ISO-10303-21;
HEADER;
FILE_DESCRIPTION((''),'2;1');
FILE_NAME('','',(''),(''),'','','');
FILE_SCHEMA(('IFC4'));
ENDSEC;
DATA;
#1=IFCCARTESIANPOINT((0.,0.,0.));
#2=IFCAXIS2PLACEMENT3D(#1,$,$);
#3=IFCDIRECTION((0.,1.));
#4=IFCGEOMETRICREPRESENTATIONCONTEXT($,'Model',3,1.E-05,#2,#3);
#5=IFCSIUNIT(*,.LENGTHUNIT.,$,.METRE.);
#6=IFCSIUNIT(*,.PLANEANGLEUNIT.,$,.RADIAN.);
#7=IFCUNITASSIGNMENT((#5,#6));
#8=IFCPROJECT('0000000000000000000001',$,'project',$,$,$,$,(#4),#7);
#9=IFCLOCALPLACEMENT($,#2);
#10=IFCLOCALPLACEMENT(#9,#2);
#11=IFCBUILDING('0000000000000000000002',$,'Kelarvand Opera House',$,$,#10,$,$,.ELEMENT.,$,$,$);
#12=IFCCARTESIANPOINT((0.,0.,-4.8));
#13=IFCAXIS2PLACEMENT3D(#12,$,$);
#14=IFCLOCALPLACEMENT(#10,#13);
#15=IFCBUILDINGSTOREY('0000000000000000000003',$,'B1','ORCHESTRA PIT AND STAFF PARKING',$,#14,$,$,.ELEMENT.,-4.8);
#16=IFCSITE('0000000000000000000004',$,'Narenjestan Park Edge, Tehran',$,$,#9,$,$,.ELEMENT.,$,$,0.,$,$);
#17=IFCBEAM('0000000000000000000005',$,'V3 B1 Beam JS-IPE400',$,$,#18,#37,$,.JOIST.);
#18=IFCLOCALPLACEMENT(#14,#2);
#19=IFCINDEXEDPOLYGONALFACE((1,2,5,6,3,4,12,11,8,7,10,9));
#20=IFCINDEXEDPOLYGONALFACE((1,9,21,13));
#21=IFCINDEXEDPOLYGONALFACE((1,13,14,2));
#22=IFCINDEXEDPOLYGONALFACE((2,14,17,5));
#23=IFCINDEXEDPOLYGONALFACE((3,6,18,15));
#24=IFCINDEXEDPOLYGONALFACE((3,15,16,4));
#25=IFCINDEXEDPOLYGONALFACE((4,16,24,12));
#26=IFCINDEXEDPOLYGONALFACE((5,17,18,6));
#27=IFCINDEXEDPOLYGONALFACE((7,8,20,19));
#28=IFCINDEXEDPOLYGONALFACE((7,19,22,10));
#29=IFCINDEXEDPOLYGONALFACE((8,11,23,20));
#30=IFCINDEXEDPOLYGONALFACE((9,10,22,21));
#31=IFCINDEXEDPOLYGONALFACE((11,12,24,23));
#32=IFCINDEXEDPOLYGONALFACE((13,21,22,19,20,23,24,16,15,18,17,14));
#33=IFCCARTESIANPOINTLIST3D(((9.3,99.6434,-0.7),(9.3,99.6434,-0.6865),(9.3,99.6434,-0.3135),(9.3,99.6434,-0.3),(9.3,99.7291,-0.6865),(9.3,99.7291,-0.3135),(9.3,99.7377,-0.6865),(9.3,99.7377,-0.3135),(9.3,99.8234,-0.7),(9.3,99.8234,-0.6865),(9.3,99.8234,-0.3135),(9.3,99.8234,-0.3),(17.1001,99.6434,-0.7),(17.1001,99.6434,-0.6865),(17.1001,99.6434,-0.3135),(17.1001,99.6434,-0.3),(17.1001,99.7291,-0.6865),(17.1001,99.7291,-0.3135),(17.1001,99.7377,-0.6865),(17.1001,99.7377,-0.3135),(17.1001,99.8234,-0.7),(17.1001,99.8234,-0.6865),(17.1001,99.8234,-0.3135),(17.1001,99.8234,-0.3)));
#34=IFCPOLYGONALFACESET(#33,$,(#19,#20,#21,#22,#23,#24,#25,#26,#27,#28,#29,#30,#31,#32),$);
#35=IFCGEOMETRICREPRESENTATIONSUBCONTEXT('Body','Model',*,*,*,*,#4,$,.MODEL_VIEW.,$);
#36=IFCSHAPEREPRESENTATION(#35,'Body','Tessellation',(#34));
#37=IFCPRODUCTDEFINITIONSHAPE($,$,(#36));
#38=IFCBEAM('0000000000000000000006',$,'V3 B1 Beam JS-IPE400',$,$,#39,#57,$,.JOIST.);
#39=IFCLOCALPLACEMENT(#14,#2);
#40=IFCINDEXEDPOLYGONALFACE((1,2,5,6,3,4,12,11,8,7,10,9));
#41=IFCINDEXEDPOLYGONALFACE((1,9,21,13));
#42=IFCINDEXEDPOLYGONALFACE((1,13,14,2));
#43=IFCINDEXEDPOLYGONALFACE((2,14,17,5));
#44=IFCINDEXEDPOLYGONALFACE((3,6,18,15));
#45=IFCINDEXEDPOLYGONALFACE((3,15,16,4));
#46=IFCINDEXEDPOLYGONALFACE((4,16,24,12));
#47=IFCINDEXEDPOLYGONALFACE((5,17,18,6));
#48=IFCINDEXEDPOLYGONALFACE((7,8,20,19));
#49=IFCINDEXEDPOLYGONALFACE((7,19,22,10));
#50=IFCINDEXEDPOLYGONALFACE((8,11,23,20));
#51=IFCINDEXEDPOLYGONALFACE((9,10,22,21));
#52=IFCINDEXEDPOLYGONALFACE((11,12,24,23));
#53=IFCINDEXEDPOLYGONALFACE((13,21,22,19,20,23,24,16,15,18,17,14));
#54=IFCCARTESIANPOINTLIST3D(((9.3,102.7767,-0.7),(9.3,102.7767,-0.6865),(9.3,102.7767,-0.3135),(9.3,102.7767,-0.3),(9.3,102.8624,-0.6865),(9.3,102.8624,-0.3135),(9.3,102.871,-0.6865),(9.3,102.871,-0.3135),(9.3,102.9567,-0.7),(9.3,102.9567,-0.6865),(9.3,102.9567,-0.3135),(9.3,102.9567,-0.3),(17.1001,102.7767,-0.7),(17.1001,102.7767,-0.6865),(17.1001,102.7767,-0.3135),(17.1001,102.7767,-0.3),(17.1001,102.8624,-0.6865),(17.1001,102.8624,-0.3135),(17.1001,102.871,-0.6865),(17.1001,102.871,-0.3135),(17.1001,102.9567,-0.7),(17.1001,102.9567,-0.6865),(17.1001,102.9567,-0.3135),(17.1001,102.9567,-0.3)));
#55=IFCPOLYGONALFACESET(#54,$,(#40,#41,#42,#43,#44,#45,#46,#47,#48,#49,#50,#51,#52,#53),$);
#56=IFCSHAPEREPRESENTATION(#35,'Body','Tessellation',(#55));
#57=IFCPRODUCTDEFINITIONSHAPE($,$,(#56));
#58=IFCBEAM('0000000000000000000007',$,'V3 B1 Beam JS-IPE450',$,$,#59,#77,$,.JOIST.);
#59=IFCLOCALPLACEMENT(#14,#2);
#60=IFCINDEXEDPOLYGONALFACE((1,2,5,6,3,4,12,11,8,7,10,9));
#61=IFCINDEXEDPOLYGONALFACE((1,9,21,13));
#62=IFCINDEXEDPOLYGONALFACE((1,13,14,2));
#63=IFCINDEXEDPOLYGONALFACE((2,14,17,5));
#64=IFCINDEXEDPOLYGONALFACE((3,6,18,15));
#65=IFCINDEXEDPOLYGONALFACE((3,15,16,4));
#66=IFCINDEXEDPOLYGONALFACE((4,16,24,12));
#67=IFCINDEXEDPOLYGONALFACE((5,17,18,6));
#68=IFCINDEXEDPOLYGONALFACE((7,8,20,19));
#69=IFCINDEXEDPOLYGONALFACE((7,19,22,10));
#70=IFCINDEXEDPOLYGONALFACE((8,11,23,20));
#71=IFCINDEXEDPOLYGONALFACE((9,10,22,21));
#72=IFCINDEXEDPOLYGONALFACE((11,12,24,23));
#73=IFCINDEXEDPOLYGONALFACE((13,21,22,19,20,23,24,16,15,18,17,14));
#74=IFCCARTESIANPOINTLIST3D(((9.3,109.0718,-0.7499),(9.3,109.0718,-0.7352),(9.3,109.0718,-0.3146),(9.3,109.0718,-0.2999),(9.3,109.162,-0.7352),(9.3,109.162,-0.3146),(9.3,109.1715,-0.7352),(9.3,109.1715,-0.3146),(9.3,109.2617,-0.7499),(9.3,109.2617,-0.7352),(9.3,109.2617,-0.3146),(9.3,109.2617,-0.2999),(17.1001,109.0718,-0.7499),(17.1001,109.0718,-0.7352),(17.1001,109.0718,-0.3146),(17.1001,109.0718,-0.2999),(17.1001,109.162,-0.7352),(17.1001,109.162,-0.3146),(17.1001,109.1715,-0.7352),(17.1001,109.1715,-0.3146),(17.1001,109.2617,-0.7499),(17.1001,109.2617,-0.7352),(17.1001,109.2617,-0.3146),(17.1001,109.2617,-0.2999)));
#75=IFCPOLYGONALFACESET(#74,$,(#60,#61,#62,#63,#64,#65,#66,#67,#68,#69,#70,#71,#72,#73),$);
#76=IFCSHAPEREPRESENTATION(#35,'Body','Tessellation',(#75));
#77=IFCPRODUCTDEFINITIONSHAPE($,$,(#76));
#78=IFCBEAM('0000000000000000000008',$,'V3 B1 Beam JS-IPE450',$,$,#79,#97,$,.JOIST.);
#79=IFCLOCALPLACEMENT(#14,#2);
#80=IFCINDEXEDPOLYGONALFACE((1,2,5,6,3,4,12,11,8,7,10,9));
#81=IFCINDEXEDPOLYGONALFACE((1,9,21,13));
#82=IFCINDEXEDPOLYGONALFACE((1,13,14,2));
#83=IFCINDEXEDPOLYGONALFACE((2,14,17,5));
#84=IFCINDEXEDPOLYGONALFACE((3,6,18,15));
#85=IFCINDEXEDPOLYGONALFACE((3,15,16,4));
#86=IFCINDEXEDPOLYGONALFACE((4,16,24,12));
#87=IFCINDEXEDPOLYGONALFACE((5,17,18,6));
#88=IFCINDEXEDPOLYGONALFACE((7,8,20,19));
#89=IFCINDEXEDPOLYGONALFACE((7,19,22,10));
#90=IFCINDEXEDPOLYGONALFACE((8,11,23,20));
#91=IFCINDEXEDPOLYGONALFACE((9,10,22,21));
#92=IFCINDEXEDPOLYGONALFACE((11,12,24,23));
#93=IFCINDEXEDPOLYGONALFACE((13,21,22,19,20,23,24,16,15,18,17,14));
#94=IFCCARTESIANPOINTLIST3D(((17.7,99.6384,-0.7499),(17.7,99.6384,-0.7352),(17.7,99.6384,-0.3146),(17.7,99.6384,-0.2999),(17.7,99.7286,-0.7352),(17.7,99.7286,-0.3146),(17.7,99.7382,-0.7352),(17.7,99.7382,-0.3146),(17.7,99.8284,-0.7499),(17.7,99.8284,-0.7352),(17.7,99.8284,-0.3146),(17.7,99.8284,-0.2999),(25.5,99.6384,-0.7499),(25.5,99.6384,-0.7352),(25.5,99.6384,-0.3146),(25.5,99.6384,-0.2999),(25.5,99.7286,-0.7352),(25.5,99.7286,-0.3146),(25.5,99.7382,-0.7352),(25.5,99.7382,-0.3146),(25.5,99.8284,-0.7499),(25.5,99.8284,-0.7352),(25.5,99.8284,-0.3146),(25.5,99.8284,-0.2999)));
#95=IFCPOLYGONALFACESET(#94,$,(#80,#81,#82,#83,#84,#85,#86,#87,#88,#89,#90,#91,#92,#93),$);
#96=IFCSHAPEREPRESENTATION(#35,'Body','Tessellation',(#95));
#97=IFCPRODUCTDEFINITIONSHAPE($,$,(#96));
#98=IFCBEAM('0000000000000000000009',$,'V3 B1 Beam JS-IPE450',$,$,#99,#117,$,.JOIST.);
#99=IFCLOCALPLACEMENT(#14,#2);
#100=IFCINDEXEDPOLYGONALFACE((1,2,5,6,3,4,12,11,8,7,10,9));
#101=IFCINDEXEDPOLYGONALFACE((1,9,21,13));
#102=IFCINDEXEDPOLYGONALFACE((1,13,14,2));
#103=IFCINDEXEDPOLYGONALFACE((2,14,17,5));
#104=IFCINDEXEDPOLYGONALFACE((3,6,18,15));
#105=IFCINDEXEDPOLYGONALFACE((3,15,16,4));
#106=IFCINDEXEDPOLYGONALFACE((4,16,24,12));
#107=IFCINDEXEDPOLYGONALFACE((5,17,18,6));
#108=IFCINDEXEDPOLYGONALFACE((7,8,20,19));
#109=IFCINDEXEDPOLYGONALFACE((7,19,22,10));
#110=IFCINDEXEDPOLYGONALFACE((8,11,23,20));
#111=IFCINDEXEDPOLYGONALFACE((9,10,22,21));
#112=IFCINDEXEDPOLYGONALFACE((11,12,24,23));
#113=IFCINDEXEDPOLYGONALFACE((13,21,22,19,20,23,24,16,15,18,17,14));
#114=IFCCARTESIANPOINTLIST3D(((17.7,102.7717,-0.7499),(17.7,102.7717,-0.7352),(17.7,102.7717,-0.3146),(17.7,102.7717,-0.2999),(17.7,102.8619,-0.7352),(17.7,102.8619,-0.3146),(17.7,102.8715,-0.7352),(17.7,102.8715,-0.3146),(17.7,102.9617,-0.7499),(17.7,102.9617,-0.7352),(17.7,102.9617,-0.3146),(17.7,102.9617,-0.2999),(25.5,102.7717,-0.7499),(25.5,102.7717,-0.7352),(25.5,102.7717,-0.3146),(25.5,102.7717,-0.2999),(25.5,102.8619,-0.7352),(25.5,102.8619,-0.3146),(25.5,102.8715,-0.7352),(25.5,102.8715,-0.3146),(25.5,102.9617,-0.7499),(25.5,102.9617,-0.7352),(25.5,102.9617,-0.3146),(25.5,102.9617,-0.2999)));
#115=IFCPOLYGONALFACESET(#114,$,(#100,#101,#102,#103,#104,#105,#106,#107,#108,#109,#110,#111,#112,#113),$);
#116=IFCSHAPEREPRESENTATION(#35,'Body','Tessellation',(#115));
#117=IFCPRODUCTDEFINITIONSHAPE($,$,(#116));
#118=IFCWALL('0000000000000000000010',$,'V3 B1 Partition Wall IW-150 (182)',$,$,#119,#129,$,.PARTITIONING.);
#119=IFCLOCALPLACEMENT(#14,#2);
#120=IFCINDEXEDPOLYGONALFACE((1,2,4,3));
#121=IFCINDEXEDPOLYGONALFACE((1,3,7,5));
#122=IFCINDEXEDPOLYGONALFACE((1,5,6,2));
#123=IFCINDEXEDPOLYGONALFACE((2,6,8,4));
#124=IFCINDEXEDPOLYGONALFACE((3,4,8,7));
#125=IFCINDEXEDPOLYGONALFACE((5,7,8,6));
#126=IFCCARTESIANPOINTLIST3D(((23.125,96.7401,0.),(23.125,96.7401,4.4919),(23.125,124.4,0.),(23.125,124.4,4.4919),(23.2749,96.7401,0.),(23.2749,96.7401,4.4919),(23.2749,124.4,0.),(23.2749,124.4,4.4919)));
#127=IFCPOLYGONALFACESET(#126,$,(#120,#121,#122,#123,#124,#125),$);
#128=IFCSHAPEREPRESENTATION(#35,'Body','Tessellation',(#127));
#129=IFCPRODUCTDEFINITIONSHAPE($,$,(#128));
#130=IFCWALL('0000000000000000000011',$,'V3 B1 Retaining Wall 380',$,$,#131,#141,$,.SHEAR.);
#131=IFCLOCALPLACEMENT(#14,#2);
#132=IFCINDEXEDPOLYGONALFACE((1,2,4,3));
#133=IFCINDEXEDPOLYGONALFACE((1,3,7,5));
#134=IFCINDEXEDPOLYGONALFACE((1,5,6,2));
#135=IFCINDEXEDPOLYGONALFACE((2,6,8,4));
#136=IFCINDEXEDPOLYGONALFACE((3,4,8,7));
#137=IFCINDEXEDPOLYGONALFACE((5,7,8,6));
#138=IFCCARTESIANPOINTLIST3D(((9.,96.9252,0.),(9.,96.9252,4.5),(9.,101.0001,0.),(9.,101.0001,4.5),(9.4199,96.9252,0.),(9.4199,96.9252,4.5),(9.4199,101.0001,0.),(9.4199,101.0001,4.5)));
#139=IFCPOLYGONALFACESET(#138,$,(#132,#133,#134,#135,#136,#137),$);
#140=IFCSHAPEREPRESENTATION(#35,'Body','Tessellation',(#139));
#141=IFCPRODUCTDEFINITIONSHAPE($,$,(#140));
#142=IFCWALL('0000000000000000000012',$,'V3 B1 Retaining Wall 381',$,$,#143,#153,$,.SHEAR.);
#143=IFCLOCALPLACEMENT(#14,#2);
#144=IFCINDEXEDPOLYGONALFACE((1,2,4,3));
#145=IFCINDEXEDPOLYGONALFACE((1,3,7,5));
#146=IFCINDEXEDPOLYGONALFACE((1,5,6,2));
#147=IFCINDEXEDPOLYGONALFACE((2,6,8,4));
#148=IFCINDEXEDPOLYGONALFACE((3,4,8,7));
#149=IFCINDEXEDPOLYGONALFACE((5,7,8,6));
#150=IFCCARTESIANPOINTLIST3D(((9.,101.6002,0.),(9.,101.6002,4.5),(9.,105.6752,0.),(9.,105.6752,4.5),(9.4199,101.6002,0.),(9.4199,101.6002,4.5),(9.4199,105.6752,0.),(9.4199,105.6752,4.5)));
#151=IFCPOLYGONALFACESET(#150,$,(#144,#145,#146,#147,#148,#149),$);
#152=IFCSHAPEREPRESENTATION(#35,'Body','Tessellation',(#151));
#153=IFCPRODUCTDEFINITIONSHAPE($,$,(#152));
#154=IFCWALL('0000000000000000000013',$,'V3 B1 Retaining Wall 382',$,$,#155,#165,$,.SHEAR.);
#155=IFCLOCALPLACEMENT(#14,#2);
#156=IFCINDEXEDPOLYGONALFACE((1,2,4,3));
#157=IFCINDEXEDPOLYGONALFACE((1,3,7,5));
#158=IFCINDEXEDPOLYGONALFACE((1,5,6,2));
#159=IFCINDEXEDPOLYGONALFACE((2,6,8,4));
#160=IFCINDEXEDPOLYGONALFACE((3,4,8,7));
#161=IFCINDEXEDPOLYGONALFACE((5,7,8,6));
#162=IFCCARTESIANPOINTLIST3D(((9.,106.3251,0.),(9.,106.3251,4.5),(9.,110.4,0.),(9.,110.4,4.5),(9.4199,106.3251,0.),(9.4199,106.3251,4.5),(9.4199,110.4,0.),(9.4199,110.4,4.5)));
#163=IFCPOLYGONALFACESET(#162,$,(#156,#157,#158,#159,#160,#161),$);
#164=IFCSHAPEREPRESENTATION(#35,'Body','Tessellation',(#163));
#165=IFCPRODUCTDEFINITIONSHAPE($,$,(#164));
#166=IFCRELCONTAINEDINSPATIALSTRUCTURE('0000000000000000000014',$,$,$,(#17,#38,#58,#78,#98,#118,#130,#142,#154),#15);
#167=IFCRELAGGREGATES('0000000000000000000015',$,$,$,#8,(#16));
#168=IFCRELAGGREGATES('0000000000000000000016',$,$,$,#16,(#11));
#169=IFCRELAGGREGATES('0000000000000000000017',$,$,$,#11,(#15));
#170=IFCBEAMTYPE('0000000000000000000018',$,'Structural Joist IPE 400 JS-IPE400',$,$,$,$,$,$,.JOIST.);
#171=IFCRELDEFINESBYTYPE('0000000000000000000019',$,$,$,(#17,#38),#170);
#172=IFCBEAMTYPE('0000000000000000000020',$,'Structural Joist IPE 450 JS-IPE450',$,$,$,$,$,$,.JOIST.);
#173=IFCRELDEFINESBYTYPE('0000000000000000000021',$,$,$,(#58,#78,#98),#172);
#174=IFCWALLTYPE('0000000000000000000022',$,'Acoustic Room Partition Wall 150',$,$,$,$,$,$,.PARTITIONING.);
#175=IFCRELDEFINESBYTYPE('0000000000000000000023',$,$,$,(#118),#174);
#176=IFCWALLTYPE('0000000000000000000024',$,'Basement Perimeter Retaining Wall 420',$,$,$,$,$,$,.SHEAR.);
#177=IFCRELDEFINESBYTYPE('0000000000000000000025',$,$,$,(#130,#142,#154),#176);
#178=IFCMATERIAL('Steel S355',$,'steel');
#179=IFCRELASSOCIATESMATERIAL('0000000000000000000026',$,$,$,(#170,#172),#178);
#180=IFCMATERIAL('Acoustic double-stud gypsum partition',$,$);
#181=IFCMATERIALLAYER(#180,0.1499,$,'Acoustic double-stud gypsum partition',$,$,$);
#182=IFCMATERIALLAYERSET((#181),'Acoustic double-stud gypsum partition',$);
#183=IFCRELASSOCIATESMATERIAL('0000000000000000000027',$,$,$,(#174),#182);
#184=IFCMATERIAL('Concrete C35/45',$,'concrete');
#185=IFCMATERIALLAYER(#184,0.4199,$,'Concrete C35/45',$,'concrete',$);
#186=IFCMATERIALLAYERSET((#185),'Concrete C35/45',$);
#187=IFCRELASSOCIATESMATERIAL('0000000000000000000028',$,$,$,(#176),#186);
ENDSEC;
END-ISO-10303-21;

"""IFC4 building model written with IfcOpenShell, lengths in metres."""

from ifc_helpers import new_model, si_unit, direction, frame, frame_2d, origin, origin_2d, place, context, subcontext, project, spatial, rectangle, i_section, extrude, material, layer, layer_set, material_profile, profile_set, type_object, element, save


model = new_model("IFC4")

# Units and contexts
model_context = context("Model", 3, precision=1e-05, world=origin(), true_north=direction((0.0, 1.0)))
body_context = subcontext(model_context, "Body", "Model", "MODEL_VIEW")
ifc_project = project(units=[si_unit("LENGTHUNIT", "METRE"), si_unit("PLANEANGLEUNIT", "RADIAN")], contexts=[model_context])

# Site, building, storey
site_placement = place(None, origin())
site = spatial("IfcSite", under=ifc_project, at=site_placement, Name="Narenjestan Park Edge, Tehran", CompositionType="ELEMENT", RefElevation=0.0)
building_placement = place(site_placement, origin())
building = spatial("IfcBuilding", under=site, at=building_placement, Name="Kelarvand Opera House", CompositionType="ELEMENT")
storey_placement = place(building_placement, frame((0.0, 0.0, -4.8)))
storey = spatial("IfcBuildingStorey", under=building, at=storey_placement, Name="B1", Description="ORCHESTRA PIT AND STAFF PARKING", CompositionType="ELEMENT", Elevation=-4.8)

# Beams
ifc_material_1 = material(Name="Steel S355", Category="steel")
ifc_material_profile_1 = material_profile(ifc_material_1, i_section(OverallWidth=0.1799, OverallDepth=0.3999, WebThickness=0.0085, FlangeThickness=0.0134, at=origin_2d()), Name="IPE 400", Category="steel")
ifc_profile_set_1 = profile_set([ifc_material_profile_1], Name="Steel S355")
beam_type_1 = type_object("IfcBeamType", Name="Structural Joist IPE 400 JS-IPE400", PredefinedType="JOIST", material=ifc_profile_set_1)
for number, where, z_axis, x_axis, name in (
    (1, (9.3, 99.7334, -0.5), (1.0, 0.0, 0.0), (0.0, 1.0, 0.0), "V3 B1 Beam JS-IPE400"),
    (2, (9.3, 102.8667, -0.5), (1.0, 0.0, 0.0), (0.0, 1.0, 0.0), "V3 B1 Beam JS-IPE400"),
):
    element("IfcBeam", number, at=place(storey_placement, frame(where, z_axis=z_axis, x_axis=x_axis)), inside=storey, type_object=beam_type_1, Name=name, PredefinedType="JOIST", context=body_context, shape_type="SweptSolid", body=[
        extrude(i_section(OverallWidth=0.1799, OverallDepth=0.3999, WebThickness=0.0085, FlangeThickness=0.0134, at=origin_2d()), origin(), (0.0, 0.0, 1.0), 7.8),
    ])
ifc_material_profile_2 = material_profile(ifc_material_1, i_section(OverallWidth=0.1899, OverallDepth=0.45, WebThickness=0.0095, FlangeThickness=0.0146, at=origin_2d()), Name="IPE 450", Category="steel")
ifc_profile_set_2 = profile_set([ifc_material_profile_2], Name="Steel S355")
beam_type_2 = type_object("IfcBeamType", Name="Structural Joist IPE 450 JS-IPE450", PredefinedType="JOIST", material=ifc_profile_set_2)
for number, where, z_axis, x_axis, name in (
    (3, (9.3, 109.1667, -0.5249), (1.0, 0.0, 0.0), (0.0, 1.0, 0.0), "V3 B1 Beam JS-IPE450"),
    (4, (17.7, 99.7334, -0.5249), (1.0, 0.0, 0.0), (0.0, 1.0, 0.0), "V3 B1 Beam JS-IPE450"),
    (5, (17.7, 102.8667, -0.5249), (1.0, 0.0, 0.0), (0.0, 1.0, 0.0), "V3 B1 Beam JS-IPE450"),
):
    element("IfcBeam", number, at=place(storey_placement, frame(where, z_axis=z_axis, x_axis=x_axis)), inside=storey, type_object=beam_type_2, Name=name, PredefinedType="JOIST", context=body_context, shape_type="SweptSolid", body=[
        extrude(i_section(OverallWidth=0.1899, OverallDepth=0.45, WebThickness=0.0095, FlangeThickness=0.0146, at=origin_2d()), origin(), (0.0, 0.0, 1.0), 7.8),
    ])

# Walls
ifc_material_2 = material(Name="Acoustic double-stud gypsum partition")
ifc_layer_1 = layer(ifc_material_2, 0.1499, Name="Acoustic double-stud gypsum partition")
ifc_layer_set_1 = layer_set([ifc_layer_1], Name="Acoustic double-stud gypsum partition")
wall_type_1 = type_object("IfcWallType", Name="Acoustic Room Partition Wall 150", PredefinedType="PARTITIONING", material=ifc_layer_set_1)
wall_placement = place(storey_placement, frame((23.2, 96.74, 0.0), z_axis=(0.0, 0.0, 1.0), x_axis=(0.0, 1.0, 0.0)))
element("IfcWall", 6, at=wall_placement, inside=storey, type_object=wall_type_1, Name="V3 B1 Partition Wall IW-150 (182)", PredefinedType="PARTITIONING", context=body_context, shape_type="SweptSolid", body=[
    extrude(rectangle(XDim=27.6599, YDim=0.1499, at=frame_2d((13.8301, 0.0))), origin(), (0.0, 0.0, 1.0), 4.4919),
])
ifc_material_3 = material(Name="Concrete C35/45", Category="concrete")
ifc_layer_2 = layer(ifc_material_3, 0.4199, Name="Concrete C35/45", Category="concrete")
ifc_layer_set_2 = layer_set([ifc_layer_2], Name="Concrete C35/45")
wall_type_2 = type_object("IfcWallType", Name="Basement Perimeter Retaining Wall 420", PredefinedType="SHEAR", material=ifc_layer_set_2)
for number, where, z_axis, x_axis, name in (
    (7, (9.21, 96.925, 0.0), (0.0, 0.0, 1.0), (0.0, 1.0, 0.0), "V3 B1 Retaining Wall 380"),
    (8, (9.21, 101.6001, 0.0), (0.0, 0.0, 1.0), (0.0, 1.0, 0.0), "V3 B1 Retaining Wall 381"),
    (9, (9.21, 106.325, 0.0), (0.0, 0.0, 1.0), (0.0, 1.0, 0.0), "V3 B1 Retaining Wall 382"),
):
    element("IfcWall", number, at=place(storey_placement, frame(where, z_axis=z_axis, x_axis=x_axis)), inside=storey, type_object=wall_type_2, Name=name, PredefinedType="SHEAR", context=body_context, shape_type="SweptSolid", body=[
        extrude(rectangle(XDim=4.075, YDim=0.4199, at=frame_2d((2.0376, 0.0))), origin(), (0.0, 0.0, 1.0), 4.5),
    ])

save(model, "model.ifc")
